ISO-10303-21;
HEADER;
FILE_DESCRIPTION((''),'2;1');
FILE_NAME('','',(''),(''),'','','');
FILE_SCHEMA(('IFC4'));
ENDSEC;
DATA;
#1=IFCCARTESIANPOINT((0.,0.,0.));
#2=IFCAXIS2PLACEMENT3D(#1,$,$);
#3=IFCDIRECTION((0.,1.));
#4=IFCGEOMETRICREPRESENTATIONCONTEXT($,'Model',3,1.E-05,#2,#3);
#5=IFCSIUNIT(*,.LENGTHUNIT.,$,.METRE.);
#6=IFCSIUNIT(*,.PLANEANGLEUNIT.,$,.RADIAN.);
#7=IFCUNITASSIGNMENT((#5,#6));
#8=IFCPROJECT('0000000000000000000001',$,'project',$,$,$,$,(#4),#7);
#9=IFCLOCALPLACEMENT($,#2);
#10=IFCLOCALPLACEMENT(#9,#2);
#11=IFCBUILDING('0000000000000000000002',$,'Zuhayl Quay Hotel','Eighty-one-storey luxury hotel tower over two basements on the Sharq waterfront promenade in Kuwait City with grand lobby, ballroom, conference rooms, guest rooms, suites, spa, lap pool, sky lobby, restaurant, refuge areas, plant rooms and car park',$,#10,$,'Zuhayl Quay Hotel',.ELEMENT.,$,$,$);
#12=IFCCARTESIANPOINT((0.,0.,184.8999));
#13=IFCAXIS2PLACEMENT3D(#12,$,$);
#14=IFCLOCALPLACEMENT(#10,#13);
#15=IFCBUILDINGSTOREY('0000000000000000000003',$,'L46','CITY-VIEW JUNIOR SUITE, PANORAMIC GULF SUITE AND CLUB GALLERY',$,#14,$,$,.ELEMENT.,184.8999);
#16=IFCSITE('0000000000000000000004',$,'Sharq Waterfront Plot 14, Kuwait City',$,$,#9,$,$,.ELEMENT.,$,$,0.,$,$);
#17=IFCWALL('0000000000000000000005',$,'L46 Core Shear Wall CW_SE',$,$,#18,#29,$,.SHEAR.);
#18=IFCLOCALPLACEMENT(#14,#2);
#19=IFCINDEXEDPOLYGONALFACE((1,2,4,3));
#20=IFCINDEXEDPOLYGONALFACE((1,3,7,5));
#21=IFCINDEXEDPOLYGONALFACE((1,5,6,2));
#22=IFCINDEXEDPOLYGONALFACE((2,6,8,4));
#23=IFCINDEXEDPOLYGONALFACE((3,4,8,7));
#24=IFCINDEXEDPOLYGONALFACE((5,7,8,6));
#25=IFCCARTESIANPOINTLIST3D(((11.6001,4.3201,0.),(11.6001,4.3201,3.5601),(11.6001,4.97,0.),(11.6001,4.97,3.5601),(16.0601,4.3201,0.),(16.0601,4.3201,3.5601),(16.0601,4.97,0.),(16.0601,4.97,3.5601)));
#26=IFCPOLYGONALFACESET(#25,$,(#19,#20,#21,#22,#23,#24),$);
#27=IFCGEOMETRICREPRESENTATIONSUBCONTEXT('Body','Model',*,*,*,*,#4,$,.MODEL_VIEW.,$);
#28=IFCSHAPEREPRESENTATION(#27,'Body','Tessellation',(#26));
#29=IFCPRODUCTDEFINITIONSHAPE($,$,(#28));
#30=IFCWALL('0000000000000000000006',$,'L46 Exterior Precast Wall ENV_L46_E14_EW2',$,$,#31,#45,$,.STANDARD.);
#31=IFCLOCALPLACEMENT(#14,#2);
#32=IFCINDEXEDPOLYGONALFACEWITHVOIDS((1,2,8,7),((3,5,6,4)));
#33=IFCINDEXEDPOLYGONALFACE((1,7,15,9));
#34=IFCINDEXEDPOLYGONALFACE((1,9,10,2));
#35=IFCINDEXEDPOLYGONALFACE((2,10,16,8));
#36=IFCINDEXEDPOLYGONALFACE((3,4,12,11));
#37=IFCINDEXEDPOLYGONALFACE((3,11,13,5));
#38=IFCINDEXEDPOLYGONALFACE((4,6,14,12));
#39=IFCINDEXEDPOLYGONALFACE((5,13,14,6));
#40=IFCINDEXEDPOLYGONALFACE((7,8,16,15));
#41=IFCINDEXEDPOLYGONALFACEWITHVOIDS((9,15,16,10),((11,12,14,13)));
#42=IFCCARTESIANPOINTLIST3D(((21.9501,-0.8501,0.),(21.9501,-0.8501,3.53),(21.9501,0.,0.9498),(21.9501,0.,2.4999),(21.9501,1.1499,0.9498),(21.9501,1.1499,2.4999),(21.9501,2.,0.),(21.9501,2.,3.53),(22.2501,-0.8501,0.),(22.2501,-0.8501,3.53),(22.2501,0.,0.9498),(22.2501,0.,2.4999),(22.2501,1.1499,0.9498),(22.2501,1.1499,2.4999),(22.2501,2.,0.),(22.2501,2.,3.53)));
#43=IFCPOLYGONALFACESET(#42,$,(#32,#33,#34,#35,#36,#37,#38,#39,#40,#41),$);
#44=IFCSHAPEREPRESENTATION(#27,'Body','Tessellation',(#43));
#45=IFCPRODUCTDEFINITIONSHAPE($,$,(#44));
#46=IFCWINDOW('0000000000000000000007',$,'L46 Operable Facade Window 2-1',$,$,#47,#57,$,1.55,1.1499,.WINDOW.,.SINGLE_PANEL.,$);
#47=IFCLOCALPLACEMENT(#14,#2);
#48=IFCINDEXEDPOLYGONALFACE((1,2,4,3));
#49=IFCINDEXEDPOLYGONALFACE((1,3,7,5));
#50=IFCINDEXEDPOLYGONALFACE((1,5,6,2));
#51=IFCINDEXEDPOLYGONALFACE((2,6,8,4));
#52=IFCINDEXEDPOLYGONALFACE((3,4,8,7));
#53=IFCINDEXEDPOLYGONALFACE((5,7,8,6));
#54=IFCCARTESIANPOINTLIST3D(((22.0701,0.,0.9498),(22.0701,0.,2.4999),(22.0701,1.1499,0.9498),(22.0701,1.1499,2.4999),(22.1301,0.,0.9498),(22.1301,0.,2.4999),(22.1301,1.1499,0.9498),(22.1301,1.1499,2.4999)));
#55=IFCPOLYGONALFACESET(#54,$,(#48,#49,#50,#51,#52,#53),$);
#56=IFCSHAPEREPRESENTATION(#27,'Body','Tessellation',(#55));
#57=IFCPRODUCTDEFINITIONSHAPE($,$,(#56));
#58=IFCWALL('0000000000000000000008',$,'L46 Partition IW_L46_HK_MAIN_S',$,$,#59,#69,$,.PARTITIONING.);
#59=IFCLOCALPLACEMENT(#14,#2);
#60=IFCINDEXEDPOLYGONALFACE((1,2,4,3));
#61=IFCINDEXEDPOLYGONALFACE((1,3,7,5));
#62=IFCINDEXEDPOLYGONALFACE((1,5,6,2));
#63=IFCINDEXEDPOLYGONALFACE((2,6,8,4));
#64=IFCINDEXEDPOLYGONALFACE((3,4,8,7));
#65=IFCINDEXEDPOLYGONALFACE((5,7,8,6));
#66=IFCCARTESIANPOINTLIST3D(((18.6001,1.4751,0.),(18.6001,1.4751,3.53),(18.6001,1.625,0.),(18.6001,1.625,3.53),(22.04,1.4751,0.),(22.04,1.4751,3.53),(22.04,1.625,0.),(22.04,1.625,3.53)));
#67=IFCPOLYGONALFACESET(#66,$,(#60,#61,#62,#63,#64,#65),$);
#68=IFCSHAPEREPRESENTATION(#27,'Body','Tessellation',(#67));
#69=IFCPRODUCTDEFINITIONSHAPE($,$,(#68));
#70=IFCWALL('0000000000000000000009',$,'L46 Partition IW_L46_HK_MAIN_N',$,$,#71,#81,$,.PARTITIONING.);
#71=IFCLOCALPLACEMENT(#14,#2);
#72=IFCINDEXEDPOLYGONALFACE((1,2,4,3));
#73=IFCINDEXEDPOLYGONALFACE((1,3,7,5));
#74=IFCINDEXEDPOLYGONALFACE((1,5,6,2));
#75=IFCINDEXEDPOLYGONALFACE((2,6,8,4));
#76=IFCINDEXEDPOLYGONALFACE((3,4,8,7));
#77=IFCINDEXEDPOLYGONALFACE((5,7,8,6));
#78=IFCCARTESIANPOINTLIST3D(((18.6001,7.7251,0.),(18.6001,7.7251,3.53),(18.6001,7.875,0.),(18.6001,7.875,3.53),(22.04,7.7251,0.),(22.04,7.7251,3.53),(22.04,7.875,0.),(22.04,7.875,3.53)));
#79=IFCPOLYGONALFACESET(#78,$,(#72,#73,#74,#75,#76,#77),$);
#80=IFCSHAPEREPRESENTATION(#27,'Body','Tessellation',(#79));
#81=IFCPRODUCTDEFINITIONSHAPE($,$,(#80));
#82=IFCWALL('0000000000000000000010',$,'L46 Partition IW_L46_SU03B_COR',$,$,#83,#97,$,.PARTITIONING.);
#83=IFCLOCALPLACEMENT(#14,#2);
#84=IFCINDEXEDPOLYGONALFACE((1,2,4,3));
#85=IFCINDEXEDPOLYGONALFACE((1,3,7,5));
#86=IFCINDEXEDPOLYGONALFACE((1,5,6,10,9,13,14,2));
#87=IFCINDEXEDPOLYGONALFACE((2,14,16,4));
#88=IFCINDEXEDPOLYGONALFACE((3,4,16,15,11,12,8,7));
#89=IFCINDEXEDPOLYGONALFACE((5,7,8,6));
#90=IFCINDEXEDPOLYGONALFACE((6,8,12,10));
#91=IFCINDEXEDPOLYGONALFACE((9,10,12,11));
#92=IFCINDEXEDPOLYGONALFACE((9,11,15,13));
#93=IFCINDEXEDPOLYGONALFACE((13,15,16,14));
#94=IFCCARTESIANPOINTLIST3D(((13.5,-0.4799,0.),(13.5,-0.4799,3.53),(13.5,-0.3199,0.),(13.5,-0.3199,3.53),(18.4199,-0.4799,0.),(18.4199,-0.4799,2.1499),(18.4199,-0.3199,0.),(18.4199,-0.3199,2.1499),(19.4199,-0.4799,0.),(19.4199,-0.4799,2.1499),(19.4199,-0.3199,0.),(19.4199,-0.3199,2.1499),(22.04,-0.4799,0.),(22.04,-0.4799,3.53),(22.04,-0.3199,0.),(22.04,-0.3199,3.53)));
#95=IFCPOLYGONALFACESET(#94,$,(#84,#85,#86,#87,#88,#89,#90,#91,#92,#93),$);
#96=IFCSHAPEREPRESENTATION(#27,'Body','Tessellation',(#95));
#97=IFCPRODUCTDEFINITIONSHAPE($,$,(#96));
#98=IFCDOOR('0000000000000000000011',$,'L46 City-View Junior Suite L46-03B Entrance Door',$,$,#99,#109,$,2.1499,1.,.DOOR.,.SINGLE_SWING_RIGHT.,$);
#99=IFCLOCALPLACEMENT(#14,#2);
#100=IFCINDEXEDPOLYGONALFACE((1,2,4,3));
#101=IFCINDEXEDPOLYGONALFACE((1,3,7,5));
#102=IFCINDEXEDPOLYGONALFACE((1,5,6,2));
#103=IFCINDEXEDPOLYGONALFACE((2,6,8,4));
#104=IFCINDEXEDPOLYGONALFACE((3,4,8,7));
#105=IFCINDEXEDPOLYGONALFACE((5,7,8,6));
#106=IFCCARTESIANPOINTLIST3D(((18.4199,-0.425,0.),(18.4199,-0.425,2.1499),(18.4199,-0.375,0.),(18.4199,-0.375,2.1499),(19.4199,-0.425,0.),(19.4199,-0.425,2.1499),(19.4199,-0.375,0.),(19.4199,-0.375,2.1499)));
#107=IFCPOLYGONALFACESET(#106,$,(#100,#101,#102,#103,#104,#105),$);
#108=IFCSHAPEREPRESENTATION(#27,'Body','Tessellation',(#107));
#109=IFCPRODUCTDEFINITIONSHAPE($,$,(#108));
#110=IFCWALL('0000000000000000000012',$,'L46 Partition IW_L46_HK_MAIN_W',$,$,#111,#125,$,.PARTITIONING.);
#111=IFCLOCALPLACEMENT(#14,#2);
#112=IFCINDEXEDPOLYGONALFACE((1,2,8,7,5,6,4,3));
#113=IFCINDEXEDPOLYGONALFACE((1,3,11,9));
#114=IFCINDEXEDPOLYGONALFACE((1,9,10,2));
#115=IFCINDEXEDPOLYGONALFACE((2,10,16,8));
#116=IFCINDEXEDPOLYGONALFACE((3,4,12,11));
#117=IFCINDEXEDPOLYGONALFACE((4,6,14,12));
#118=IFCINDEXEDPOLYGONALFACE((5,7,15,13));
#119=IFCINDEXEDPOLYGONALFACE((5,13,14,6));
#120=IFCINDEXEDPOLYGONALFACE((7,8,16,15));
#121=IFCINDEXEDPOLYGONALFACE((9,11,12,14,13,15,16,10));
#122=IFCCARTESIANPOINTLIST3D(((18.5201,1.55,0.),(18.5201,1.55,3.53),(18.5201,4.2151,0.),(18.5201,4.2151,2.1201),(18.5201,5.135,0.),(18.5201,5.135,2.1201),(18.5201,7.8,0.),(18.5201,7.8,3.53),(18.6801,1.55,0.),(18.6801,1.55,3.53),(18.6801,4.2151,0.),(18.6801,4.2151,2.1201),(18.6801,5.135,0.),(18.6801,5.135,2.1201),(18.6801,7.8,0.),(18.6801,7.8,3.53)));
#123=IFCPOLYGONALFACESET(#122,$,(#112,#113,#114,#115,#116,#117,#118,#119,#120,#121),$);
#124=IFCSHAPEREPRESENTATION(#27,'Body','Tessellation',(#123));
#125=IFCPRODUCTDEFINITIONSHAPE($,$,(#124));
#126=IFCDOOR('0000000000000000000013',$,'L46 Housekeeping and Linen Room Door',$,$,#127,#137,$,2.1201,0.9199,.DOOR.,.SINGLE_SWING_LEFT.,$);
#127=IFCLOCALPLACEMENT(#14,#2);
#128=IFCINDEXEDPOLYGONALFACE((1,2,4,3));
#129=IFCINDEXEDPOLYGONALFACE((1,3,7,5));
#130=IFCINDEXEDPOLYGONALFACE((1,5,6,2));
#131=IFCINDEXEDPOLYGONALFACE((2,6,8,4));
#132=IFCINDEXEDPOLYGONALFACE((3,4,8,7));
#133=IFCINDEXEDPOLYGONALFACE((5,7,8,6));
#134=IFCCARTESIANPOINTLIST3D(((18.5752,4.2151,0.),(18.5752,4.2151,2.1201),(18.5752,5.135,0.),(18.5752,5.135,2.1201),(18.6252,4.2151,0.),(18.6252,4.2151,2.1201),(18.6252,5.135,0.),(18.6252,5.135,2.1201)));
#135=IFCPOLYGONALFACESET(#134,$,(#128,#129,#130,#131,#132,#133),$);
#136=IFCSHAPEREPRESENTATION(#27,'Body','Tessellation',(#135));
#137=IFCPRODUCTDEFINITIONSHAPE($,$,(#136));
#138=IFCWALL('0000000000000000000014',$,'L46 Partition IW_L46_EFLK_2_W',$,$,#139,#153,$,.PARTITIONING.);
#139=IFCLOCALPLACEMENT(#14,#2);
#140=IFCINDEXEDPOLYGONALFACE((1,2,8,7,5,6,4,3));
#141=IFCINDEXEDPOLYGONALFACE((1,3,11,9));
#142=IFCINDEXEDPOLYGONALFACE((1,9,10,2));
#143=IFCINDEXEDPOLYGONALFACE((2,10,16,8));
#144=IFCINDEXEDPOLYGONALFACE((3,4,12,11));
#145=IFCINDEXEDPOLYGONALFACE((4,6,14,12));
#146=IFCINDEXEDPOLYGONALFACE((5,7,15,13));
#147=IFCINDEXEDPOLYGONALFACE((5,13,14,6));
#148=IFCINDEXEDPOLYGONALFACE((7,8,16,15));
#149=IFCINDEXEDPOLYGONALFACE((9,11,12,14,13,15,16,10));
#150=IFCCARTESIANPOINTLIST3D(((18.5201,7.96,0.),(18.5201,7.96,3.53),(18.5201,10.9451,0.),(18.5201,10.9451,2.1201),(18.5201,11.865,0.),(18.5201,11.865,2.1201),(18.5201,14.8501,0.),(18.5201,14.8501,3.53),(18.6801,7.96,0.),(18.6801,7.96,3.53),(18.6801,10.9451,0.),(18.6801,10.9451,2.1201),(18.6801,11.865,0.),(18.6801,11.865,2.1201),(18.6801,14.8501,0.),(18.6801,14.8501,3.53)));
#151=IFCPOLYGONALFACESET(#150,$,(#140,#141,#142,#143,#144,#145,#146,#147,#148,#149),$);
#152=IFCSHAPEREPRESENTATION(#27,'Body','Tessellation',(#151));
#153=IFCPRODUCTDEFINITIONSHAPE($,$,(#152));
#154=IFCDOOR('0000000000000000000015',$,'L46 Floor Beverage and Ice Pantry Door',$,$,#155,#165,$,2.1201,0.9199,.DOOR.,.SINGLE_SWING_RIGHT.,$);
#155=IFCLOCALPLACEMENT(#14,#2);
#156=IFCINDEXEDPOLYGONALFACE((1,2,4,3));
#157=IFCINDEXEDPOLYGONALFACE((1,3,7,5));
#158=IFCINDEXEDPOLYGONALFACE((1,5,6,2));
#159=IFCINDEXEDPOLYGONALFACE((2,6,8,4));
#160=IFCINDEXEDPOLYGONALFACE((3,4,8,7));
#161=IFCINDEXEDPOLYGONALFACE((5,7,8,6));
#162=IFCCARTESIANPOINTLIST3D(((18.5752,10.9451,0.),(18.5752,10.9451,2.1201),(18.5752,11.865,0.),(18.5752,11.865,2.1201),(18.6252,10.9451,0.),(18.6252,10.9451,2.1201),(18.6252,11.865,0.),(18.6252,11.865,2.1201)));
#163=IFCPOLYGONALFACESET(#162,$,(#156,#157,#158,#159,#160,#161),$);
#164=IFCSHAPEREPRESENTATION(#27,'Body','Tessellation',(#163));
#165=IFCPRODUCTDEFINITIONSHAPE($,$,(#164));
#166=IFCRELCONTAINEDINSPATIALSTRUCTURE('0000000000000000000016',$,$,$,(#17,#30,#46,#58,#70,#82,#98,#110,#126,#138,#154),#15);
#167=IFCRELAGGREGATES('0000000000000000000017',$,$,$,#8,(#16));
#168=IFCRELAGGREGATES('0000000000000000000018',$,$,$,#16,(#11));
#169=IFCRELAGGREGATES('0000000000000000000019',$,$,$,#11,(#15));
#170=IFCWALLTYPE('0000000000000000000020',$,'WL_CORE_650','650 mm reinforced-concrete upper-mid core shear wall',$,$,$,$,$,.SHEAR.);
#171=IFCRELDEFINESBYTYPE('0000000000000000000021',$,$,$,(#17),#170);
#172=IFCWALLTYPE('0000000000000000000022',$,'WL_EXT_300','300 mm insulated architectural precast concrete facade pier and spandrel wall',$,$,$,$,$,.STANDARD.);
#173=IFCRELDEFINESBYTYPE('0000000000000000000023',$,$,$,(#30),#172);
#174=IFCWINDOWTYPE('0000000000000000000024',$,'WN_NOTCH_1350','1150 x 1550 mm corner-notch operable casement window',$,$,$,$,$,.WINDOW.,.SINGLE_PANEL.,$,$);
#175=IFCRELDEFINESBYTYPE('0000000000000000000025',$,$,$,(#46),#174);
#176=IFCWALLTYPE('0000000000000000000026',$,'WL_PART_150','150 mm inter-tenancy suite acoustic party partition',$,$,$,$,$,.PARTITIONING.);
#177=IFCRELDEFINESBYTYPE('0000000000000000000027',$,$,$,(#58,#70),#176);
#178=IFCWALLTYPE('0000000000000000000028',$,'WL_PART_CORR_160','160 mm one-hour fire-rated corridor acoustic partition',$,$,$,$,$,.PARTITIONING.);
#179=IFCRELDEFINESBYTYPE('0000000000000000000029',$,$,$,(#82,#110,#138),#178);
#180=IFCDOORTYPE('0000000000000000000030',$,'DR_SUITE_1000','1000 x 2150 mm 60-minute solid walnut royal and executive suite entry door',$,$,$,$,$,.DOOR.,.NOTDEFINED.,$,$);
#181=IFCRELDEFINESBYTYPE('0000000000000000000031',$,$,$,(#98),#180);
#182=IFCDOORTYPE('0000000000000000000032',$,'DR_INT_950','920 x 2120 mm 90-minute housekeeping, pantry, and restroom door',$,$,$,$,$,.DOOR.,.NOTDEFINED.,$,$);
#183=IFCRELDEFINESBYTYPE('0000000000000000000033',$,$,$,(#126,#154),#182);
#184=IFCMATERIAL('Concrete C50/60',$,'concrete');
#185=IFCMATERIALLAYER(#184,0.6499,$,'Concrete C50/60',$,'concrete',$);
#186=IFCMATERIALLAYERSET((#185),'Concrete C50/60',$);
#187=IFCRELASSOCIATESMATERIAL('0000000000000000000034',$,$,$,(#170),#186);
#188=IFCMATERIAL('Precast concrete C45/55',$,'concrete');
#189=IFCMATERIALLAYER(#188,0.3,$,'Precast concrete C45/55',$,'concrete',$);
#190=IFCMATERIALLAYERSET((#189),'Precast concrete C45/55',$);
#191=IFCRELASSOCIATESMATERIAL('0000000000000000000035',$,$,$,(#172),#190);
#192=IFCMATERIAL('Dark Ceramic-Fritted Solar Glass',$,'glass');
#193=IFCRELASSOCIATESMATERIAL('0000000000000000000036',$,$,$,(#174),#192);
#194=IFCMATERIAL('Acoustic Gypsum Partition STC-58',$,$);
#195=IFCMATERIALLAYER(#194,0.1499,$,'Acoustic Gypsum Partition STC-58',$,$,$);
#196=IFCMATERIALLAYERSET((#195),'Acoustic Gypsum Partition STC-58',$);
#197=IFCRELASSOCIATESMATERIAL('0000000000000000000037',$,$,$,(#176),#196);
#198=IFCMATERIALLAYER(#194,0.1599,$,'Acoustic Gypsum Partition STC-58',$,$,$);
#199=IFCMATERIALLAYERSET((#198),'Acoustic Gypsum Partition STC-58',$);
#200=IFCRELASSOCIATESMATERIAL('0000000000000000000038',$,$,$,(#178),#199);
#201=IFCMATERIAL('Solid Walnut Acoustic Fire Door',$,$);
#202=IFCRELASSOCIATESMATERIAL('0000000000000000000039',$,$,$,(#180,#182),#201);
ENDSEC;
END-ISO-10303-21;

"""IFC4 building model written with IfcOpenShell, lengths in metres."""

from ifc_helpers import new_model, si_unit, direction, frame, frame_2d, origin, place, context, subcontext, project, spatial, rectangle, extrude, material, layer, layer_set, type_object, element, fill, save


model = new_model("IFC4")

# Units and contexts
model_context = context("Model", 3, precision=1e-05, world=origin(), true_north=direction((0.0, 1.0)))
body_context = subcontext(model_context, "Body", "Model", "MODEL_VIEW")
ifc_project = project(units=[si_unit("LENGTHUNIT", "METRE"), si_unit("PLANEANGLEUNIT", "RADIAN")], contexts=[model_context])

# Site, building, storey
site_placement = place(None, origin())
site = spatial("IfcSite", under=ifc_project, at=site_placement, Name="Sharq Waterfront Plot 14, Kuwait City", CompositionType="ELEMENT", RefElevation=0.0)
building_placement = place(site_placement, origin())
building = spatial("IfcBuilding", under=site, at=building_placement, Name="Zuhayl Quay Hotel", Description="Eighty-one-storey luxury hotel tower over two basements on the Sharq waterfront promenade in Kuwait City with grand lobby, ballroom, conference rooms, guest rooms, suites, spa, lap pool, sky lobby, restaurant, refuge areas, plant rooms and car park", LongName="Zuhayl Quay Hotel", CompositionType="ELEMENT")
storey_placement = place(building_placement, frame((0.0, 0.0, 184.8999)))
storey = spatial("IfcBuildingStorey", under=building, at=storey_placement, Name="L46", Description="CITY-VIEW JUNIOR SUITE, PANORAMIC GULF SUITE AND CLUB GALLERY", CompositionType="ELEMENT", Elevation=184.8999)

# Shared definitions
ifc_material_1 = material(Name="Dark Ceramic-Fritted Solar Glass", Category="glass")

# Wall
ifc_material_2 = material(Name="Concrete C50/60", Category="concrete")
ifc_layer_1 = layer(ifc_material_2, 0.6499, Name="Concrete C50/60", Category="concrete")
ifc_layer_set_1 = layer_set([ifc_layer_1], Name="Concrete C50/60")
wall_type_1 = type_object("IfcWallType", Name="WL_CORE_650", Description="650 mm reinforced-concrete upper-mid core shear wall", PredefinedType="SHEAR", material=ifc_layer_set_1)
wall_1_placement = place(storey_placement, frame((11.6001, 4.645, 0.0), z_axis=(0.0, 0.0, 1.0), x_axis=(1.0, 0.0, 0.0)))
element("IfcWall", 1, at=wall_1_placement, inside=storey, type_object=wall_type_1, Name="L46 Core Shear Wall CW_SE", PredefinedType="SHEAR", context=body_context, shape_type="SweptSolid", body=[
    extrude(rectangle(XDim=4.46, YDim=0.6499, at=frame_2d((2.23, 0.0))), origin(), (0.0, 0.0, 1.0), 3.5601),
])

# Wall, opening, window
ifc_material_3 = material(Name="Precast concrete C45/55", Category="concrete")
ifc_layer_2 = layer(ifc_material_3, 0.3, Name="Precast concrete C45/55", Category="concrete")
ifc_layer_set_2 = layer_set([ifc_layer_2], Name="Precast concrete C45/55")
wall_type_2 = type_object("IfcWallType", Name="WL_EXT_300", Description="300 mm insulated architectural precast concrete facade pier and spandrel wall", PredefinedType="STANDARD", material=ifc_layer_set_2)
wall_2_placement = place(storey_placement, frame((22.1001, 2.0, 0.0), z_axis=(0.0, 0.0, 1.0), x_axis=(0.0, -1.0, 0.0)))
wall_2 = element("IfcWall", 2, at=wall_2_placement, inside=storey, type_object=wall_type_2, Name="L46 Exterior Precast Wall ENV_L46_E14_EW2", PredefinedType="STANDARD", context=body_context, shape_type="SweptSolid", body=[
    extrude(rectangle(XDim=2.8501, YDim=0.3, at=frame_2d((1.425, 0.0))), origin(), (0.0, 0.0, 1.0), 3.53),
])
opening_1_placement = place(wall_2_placement, frame((0.8501, 0.0, 0.95)))
opening_1 = element("IfcOpeningElement", 3, at=opening_1_placement, cuts=wall_2, PredefinedType="OPENING", context=body_context, shape_type="SweptSolid", body=[
    extrude(rectangle(XDim=1.1499, YDim=1.55, at=frame_2d((0.575, 0.7749))), frame((0.0, 0.1599, 0.0), z_axis=(0.0, -1.0, 0.0), x_axis=(1.0, 0.0, 0.0)), (0.0, 0.0, 1.0), 0.3201),
])
window_type = type_object("IfcWindowType", Name="WN_NOTCH_1350", Description="1150 x 1550 mm corner-notch operable casement window", PartitioningType="SINGLE_PANEL", PredefinedType="WINDOW", material=ifc_material_1)
window_placement = place(opening_1_placement, origin())
window = element("IfcWindow", 4, at=window_placement, inside=storey, type_object=window_type, Name="L46 Operable Facade Window 2-1", OverallHeight=1.55, OverallWidth=1.1499, PartitioningType="SINGLE_PANEL", PredefinedType="WINDOW", context=body_context, shape_type="SweptSolid", body=[
    extrude(rectangle(XDim=1.1499, YDim=1.55, at=frame_2d((0.575, 0.7749))), frame((0.0, 0.03, 0.0), z_axis=(0.0, -1.0, 0.0), x_axis=(1.0, 0.0, 0.0)), (0.0, 0.0, 1.0), 0.0601),
])
fill(opening_1, window)

# Walls
ifc_material_4 = material(Name="Acoustic Gypsum Partition STC-58")
ifc_layer_3 = layer(ifc_material_4, 0.1499, Name="Acoustic Gypsum Partition STC-58")
ifc_layer_set_3 = layer_set([ifc_layer_3], Name="Acoustic Gypsum Partition STC-58")
wall_type_3 = type_object("IfcWallType", Name="WL_PART_150", Description="150 mm inter-tenancy suite acoustic party partition", PredefinedType="PARTITIONING", material=ifc_layer_set_3)
for number, where, z_axis, x_axis, name in (
    (5, (18.6001, 1.55, 0.0), (0.0, 0.0, 1.0), (1.0, 0.0, 0.0), "L46 Partition IW_L46_HK_MAIN_S"),
    (6, (18.6001, 7.8, 0.0), (0.0, 0.0, 1.0), (1.0, 0.0, 0.0), "L46 Partition IW_L46_HK_MAIN_N"),
):
    element("IfcWall", number, at=place(storey_placement, frame(where, z_axis=z_axis, x_axis=x_axis)), inside=storey, type_object=wall_type_3, Name=name, PredefinedType="PARTITIONING", context=body_context, shape_type="SweptSolid", body=[
        extrude(rectangle(XDim=3.4399, YDim=0.1499, at=frame_2d((1.72, 0.0))), origin(), (0.0, 0.0, 1.0), 3.53),
    ])

# Walls, openings, doors
ifc_layer_4 = layer(ifc_material_4, 0.1599, Name="Acoustic Gypsum Partition STC-58")
ifc_layer_set_4 = layer_set([ifc_layer_4], Name="Acoustic Gypsum Partition STC-58")
wall_type_4 = type_object("IfcWallType", Name="WL_PART_CORR_160", Description="160 mm one-hour fire-rated corridor acoustic partition", PredefinedType="PARTITIONING", material=ifc_layer_set_4)
wall_3_placement = place(storey_placement, frame((13.5, -0.3999, 0.0), z_axis=(0.0, 0.0, 1.0), x_axis=(1.0, 0.0, 0.0)))
wall_3 = element("IfcWall", 7, at=wall_3_placement, inside=storey, type_object=wall_type_4, Name="L46 Partition IW_L46_SU03B_COR", PredefinedType="PARTITIONING", context=body_context, shape_type="SweptSolid", body=[
    extrude(rectangle(XDim=8.54, YDim=0.1599, at=frame_2d((4.27, 0.0))), origin(), (0.0, 0.0, 1.0), 3.53),
])
opening_2_placement = place(wall_3_placement, frame((4.9199, 0.0, 0.0)))
opening_2 = element("IfcOpeningElement", 8, at=opening_2_placement, cuts=wall_3, PredefinedType="OPENING", context=body_context, shape_type="SweptSolid", body=[
    extrude(rectangle(XDim=1.0, YDim=2.1499, at=frame_2d((0.5, 1.075))), frame((0.0, 0.0898, 0.0), z_axis=(0.0, -1.0, 0.0), x_axis=(1.0, 0.0, 0.0)), (0.0, 0.0, 1.0), 0.1799),
])
ifc_material_5 = material(Name="Solid Walnut Acoustic Fire Door")
door_type_1 = type_object("IfcDoorType", Name="DR_SUITE_1000", Description="1000 x 2150 mm 60-minute solid walnut royal and executive suite entry door", OperationType="NOTDEFINED", PredefinedType="DOOR", material=ifc_material_5)
door_1_placement = place(opening_2_placement, origin())
door_1 = element("IfcDoor", 9, at=door_1_placement, inside=storey, type_object=door_type_1, Name="L46 City-View Junior Suite L46-03B Entrance Door", OperationType="SINGLE_SWING_RIGHT", OverallHeight=2.1499, OverallWidth=1.0, PredefinedType="DOOR", context=body_context, shape_type="SweptSolid", body=[
    extrude(rectangle(XDim=1.0, YDim=2.1499, at=frame_2d((0.5, 1.075))), frame((0.0, 0.0249, 0.0), z_axis=(0.0, -1.0, 0.0), x_axis=(1.0, 0.0, 0.0)), (0.0, 0.0, 1.0), 0.05),
])
fill(opening_2, door_1)
wall_4_placement = place(storey_placement, frame((18.6001, 1.55, 0.0), z_axis=(0.0, 0.0, 1.0), x_axis=(0.0, 1.0, 0.0)))
wall_4 = element("IfcWall", 10, at=wall_4_placement, inside=storey, type_object=wall_type_4, Name="L46 Partition IW_L46_HK_MAIN_W", PredefinedType="PARTITIONING", context=body_context, shape_type="SweptSolid", body=[
    extrude(rectangle(XDim=6.25, YDim=0.1599, at=frame_2d((3.125, 0.0))), origin(), (0.0, 0.0, 1.0), 3.53),
])
opening_3_placement = place(wall_4_placement, frame((2.665, 0.0, 0.0)))
opening_3 = element("IfcOpeningElement", 11, at=opening_3_placement, cuts=wall_4, PredefinedType="OPENING", context=body_context, shape_type="SweptSolid", body=[
    extrude(rectangle(XDim=0.9199, YDim=2.1201, at=frame_2d((0.46, 1.0601))), frame((0.0, 0.0898, 0.0), z_axis=(0.0, -1.0, 0.0), x_axis=(1.0, 0.0, 0.0)), (0.0, 0.0, 1.0), 0.1799),
])
door_type_2 = type_object("IfcDoorType", Name="DR_INT_950", Description="920 x 2120 mm 90-minute housekeeping, pantry, and restroom door", OperationType="NOTDEFINED", PredefinedType="DOOR", material=ifc_material_5)
door_2_placement = place(opening_3_placement, origin())
door_2 = element("IfcDoor", 12, at=door_2_placement, inside=storey, type_object=door_type_2, Name="L46 Housekeeping and Linen Room Door", OperationType="SINGLE_SWING_LEFT", OverallHeight=2.1201, OverallWidth=0.9199, PredefinedType="DOOR", context=body_context, shape_type="SweptSolid", body=[
    extrude(rectangle(XDim=0.9199, YDim=2.1201, at=frame_2d((0.46, 1.0601))), frame((0.0, 0.0249, 0.0), z_axis=(0.0, -1.0, 0.0), x_axis=(1.0, 0.0, 0.0)), (0.0, 0.0, 1.0), 0.05),
])
fill(opening_3, door_2)
wall_5_placement = place(storey_placement, frame((18.6001, 7.96, 0.0), z_axis=(0.0, 0.0, 1.0), x_axis=(0.0, 1.0, 0.0)))
wall_5 = element("IfcWall", 13, at=wall_5_placement, inside=storey, type_object=wall_type_4, Name="L46 Partition IW_L46_EFLK_2_W", PredefinedType="PARTITIONING", context=body_context, shape_type="SweptSolid", body=[
    extrude(rectangle(XDim=6.8901, YDim=0.1599, at=frame_2d((3.4451, 0.0))), origin(), (0.0, 0.0, 1.0), 3.53),
])
opening_4_placement = place(wall_5_placement, frame((2.9851, 0.0, 0.0)))
opening_4 = element("IfcOpeningElement", 14, at=opening_4_placement, cuts=wall_5, PredefinedType="OPENING", context=body_context, shape_type="SweptSolid", body=[
    extrude(rectangle(XDim=0.9199, YDim=2.1201, at=frame_2d((0.46, 1.0601))), frame((0.0, 0.0898, 0.0), z_axis=(0.0, -1.0, 0.0), x_axis=(1.0, 0.0, 0.0)), (0.0, 0.0, 1.0), 0.1799),
])
door_3_placement = place(opening_4_placement, origin())
door_3 = element("IfcDoor", 15, at=door_3_placement, inside=storey, type_object=door_type_2, Name="L46 Floor Beverage and Ice Pantry Door", OperationType="SINGLE_SWING_RIGHT", OverallHeight=2.1201, OverallWidth=0.9199, PredefinedType="DOOR", context=body_context, shape_type="SweptSolid", body=[
    extrude(rectangle(XDim=0.9199, YDim=2.1201, at=frame_2d((0.46, 1.0601))), frame((0.0, 0.0249, 0.0), z_axis=(0.0, -1.0, 0.0), x_axis=(1.0, 0.0, 0.0)), (0.0, 0.0, 1.0), 0.05),
])
fill(opening_4, door_3)

save(model, "model.ifc")
